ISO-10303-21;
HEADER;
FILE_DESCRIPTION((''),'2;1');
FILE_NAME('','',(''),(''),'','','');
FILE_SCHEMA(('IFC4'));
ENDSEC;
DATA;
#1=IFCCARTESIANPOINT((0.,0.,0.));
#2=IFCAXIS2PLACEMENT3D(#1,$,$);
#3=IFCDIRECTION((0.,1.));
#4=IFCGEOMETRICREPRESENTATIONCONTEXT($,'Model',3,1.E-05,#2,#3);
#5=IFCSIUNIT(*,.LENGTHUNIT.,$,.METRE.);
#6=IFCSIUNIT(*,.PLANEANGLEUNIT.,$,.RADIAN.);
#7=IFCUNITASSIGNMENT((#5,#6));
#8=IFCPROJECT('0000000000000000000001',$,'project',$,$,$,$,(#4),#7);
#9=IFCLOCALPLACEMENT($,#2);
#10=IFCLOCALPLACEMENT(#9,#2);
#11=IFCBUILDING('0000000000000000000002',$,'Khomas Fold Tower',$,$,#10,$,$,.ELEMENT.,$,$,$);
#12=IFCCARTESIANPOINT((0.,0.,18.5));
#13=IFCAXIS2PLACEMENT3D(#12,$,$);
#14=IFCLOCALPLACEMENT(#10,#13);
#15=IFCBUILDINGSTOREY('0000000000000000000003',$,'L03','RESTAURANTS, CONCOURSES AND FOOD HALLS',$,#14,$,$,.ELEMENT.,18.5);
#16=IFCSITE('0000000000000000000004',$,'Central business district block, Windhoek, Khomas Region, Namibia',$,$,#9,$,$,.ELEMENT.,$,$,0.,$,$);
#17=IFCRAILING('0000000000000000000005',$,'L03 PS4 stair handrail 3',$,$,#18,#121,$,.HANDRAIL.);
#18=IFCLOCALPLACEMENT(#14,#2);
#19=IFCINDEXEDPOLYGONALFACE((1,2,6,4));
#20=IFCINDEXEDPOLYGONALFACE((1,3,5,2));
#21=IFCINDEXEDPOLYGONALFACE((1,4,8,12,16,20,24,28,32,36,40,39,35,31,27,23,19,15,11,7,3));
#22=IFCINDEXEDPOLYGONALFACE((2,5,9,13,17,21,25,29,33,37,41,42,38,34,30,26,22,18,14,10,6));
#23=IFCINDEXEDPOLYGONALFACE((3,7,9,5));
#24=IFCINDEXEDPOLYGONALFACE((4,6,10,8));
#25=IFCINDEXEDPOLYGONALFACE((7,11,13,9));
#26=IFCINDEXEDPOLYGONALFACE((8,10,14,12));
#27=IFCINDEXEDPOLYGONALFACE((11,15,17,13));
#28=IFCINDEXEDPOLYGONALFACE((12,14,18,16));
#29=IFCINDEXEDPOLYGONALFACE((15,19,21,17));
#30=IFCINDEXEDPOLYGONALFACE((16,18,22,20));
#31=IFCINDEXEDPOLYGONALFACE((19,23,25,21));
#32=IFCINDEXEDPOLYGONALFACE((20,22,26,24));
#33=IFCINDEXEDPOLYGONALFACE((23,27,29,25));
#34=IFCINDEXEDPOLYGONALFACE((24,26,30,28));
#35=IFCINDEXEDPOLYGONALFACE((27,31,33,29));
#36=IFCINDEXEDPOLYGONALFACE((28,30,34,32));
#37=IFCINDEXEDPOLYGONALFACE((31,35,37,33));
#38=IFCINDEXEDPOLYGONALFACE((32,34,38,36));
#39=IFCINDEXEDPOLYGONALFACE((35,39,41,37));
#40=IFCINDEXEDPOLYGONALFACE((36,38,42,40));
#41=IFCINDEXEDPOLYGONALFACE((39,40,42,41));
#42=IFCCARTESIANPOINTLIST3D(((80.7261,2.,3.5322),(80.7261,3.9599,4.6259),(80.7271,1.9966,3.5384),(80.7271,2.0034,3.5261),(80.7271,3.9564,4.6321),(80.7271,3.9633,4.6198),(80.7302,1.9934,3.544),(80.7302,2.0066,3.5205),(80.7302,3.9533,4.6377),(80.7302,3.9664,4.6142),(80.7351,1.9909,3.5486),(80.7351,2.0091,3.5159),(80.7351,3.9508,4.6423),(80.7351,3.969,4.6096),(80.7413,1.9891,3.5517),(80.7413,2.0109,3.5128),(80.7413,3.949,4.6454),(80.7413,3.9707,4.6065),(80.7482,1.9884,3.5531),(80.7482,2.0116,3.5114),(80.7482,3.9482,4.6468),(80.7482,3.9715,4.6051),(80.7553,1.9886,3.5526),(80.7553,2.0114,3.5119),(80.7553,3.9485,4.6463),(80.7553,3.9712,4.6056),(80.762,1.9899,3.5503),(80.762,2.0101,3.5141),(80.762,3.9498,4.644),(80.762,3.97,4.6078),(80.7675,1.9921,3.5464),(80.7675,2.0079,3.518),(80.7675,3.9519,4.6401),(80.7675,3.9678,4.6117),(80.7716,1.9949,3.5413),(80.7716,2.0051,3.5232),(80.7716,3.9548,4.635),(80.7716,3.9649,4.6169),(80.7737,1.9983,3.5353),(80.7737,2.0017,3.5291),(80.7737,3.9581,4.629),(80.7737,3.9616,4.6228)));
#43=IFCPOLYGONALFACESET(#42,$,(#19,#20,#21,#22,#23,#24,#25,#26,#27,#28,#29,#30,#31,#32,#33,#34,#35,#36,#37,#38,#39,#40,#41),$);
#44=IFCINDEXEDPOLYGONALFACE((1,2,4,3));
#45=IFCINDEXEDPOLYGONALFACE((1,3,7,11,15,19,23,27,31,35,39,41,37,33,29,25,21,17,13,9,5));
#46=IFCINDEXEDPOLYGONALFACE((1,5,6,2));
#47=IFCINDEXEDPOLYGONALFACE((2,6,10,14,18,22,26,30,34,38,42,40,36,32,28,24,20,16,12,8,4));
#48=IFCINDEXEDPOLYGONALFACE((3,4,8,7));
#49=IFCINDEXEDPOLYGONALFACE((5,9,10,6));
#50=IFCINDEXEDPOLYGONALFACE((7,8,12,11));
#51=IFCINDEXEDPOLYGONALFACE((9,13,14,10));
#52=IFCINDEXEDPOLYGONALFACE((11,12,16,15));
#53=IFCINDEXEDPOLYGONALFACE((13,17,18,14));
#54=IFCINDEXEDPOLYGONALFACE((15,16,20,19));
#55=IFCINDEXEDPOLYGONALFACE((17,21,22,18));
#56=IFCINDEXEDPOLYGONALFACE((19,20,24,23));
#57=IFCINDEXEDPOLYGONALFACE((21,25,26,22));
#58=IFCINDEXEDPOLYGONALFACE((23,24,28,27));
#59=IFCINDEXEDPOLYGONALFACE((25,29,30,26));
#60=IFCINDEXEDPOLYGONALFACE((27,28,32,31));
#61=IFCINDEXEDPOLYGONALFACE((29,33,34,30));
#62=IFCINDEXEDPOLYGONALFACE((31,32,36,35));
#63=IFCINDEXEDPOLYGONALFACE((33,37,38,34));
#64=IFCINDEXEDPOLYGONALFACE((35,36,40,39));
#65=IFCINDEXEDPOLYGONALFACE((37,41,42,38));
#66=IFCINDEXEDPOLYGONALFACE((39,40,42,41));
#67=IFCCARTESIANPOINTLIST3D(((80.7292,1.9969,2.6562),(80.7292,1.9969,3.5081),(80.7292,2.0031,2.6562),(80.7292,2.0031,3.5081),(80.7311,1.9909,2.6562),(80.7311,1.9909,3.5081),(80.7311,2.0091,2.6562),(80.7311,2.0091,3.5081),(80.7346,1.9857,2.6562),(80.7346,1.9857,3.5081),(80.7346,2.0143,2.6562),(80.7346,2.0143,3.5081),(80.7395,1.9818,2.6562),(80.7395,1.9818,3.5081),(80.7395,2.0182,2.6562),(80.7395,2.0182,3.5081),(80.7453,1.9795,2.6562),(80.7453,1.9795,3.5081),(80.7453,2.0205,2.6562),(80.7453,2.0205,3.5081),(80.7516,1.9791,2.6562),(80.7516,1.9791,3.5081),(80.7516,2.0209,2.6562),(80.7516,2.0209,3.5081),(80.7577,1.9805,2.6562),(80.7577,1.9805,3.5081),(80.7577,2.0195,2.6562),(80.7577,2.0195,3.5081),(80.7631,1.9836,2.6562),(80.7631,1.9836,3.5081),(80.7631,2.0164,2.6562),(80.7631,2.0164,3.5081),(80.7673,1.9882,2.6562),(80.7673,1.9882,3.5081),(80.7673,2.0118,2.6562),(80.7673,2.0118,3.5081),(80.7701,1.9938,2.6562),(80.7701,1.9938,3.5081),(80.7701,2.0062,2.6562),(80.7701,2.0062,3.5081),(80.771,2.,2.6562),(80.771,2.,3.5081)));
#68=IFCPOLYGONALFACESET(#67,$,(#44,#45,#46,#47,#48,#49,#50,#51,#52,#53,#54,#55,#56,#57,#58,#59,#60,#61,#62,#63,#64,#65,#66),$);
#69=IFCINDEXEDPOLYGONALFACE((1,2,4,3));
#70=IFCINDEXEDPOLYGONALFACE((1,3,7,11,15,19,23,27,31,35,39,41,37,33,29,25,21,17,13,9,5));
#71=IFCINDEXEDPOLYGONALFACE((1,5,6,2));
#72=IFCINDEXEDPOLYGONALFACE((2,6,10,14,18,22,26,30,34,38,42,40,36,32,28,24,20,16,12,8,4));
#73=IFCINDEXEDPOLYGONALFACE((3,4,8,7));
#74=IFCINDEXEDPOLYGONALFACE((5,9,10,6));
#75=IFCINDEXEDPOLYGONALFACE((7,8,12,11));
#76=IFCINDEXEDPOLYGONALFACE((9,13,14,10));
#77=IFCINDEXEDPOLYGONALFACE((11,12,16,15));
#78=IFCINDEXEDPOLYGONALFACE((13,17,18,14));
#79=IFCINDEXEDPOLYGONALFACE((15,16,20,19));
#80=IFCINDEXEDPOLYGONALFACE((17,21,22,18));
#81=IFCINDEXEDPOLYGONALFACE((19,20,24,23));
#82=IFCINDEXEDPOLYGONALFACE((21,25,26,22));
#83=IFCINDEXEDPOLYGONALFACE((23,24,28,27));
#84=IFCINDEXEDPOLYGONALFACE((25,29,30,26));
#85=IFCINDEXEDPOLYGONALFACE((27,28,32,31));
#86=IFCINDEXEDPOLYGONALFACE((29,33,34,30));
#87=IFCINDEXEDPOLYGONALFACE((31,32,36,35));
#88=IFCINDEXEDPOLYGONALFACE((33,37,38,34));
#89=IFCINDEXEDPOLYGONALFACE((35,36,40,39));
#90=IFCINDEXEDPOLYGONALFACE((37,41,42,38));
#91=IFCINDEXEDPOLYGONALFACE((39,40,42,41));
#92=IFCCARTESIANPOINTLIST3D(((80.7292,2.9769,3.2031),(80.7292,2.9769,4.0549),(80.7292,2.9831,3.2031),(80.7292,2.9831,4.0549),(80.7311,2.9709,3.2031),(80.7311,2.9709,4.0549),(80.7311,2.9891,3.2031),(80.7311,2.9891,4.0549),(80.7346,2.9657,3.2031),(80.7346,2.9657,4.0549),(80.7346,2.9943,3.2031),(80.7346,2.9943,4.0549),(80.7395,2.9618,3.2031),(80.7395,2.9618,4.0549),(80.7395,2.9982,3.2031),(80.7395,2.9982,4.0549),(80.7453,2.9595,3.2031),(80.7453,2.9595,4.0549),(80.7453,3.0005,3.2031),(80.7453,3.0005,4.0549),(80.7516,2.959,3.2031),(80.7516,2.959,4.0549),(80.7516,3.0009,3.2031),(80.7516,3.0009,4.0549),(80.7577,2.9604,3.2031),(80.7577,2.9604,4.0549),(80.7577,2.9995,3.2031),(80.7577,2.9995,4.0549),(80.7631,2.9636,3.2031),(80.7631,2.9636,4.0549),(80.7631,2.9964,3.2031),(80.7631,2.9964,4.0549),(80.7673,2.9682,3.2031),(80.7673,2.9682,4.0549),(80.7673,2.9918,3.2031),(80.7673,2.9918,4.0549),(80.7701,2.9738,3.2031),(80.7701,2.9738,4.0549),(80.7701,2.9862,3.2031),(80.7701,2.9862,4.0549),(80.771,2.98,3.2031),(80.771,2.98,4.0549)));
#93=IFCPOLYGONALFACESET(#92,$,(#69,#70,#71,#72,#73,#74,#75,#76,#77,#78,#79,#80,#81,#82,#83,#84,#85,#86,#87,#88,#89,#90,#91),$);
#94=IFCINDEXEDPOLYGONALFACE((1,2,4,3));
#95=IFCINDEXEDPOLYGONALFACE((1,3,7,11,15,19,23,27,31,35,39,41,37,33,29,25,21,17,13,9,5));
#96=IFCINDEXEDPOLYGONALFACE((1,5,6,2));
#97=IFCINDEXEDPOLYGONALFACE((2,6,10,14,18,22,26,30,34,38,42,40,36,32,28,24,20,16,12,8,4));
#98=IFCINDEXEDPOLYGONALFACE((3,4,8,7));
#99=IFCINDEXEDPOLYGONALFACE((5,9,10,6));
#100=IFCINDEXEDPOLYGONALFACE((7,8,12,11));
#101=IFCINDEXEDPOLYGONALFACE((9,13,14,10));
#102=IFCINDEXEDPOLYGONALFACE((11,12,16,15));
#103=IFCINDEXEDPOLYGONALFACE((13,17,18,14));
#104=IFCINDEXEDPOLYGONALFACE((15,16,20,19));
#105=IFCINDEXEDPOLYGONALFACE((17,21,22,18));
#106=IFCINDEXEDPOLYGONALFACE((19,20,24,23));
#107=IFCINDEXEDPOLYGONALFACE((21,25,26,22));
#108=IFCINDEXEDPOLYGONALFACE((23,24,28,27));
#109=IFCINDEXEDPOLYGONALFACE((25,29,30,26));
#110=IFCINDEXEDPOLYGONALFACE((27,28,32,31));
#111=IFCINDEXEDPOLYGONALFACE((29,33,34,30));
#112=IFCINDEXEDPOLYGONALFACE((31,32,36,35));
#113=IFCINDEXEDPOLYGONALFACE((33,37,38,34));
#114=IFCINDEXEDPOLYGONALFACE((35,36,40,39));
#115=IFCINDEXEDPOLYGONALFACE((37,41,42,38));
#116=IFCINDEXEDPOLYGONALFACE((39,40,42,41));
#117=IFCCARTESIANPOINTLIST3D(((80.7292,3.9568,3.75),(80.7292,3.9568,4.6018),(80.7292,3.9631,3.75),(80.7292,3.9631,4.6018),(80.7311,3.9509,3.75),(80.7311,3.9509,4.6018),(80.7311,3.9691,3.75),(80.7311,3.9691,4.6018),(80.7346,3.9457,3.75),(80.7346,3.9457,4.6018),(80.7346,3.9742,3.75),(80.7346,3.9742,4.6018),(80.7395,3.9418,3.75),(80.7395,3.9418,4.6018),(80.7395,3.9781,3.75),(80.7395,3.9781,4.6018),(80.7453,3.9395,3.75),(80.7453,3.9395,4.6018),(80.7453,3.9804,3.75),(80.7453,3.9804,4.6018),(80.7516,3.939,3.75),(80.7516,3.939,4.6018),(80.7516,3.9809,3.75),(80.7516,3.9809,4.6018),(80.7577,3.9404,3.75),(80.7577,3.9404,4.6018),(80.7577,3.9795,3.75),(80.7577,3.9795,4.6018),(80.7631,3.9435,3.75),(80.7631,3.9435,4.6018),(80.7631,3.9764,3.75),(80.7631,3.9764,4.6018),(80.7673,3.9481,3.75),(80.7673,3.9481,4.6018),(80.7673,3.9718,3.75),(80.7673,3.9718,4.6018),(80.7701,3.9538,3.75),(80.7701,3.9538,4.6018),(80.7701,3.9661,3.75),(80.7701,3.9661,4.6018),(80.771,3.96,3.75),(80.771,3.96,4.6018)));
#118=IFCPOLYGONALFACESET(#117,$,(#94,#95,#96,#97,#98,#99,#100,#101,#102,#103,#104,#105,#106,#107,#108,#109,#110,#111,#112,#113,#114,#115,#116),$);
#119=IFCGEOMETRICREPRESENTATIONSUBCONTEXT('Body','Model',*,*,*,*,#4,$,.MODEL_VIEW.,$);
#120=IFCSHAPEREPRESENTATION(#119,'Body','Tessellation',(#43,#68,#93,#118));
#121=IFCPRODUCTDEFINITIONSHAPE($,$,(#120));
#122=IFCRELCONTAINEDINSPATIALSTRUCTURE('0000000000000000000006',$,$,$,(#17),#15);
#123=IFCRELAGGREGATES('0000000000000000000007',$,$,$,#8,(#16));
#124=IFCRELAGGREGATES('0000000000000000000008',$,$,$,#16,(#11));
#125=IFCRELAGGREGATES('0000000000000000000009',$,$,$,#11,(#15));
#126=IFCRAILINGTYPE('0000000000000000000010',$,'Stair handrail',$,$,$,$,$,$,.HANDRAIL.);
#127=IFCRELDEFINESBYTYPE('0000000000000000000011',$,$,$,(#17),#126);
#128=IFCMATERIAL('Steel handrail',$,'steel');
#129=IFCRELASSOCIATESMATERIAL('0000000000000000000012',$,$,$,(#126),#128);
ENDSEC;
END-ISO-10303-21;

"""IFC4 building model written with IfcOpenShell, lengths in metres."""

from ifc_helpers import new_model, si_unit, direction, frame, origin, origin_2d, place, context, subcontext, project, spatial, circle, extrude, source, transform, mapped, material, type_object, element, save


model = new_model("IFC4")

# Units and contexts
model_context = context("Model", 3, precision=1e-05, world=origin(), true_north=direction((0.0, 1.0)))
body_context = subcontext(model_context, "Body", "Model", "MODEL_VIEW")
ifc_project = project(units=[si_unit("LENGTHUNIT", "METRE"), si_unit("PLANEANGLEUNIT", "RADIAN")], contexts=[model_context])

# Site, building, storey
site_placement = place(None, origin())
site = spatial("IfcSite", under=ifc_project, at=site_placement, Name="Central business district block, Windhoek, Khomas Region, Namibia", CompositionType="ELEMENT", RefElevation=0.0)
building_placement = place(site_placement, origin())
building = spatial("IfcBuilding", under=site, at=building_placement, Name="Khomas Fold Tower", CompositionType="ELEMENT")
storey_placement = place(building_placement, frame((0.0, 0.0, 18.5)))
storey = spatial("IfcBuildingStorey", under=building, at=storey_placement, Name="L03", Description="RESTAURANTS, CONCOURSES AND FOOD HALLS", CompositionType="ELEMENT", Elevation=18.5)

# Railing
ifc_material_1 = material(Name="Steel handrail", Category="steel")
railing_type_1 = type_object("IfcRailingType", Name="Stair handrail", PredefinedType="HANDRAIL", material=ifc_material_1)
shared_shape_1 = source(origin(), body_context, "Body", "SweptSolid", [
    extrude(circle(Radius=0.0239, at=origin_2d()), frame((0.0, 0.0, 0.876), z_axis=(0.0, 0.873232, 0.487304), x_axis=(-1.0, 0.0, 0.0)), (0.0, 0.0, 1.0), 2.2444),
    extrude(circle(Radius=0.021, at=origin_2d()), origin(), (0.0, 0.0, 1.0), 0.8518),
    extrude(circle(Radius=0.021, at=origin_2d()), frame((0.0, 0.98, 0.5469)), (0.0, 0.0, 1.0), 0.8518),
    extrude(circle(Radius=0.021, at=origin_2d()), frame((0.0, 1.96, 1.0938)), (0.0, 0.0, 1.0), 0.8518),
])
for number, where, name in (
    (1, (80.75, 2.0, 2.6562), "L03 PS4 stair handrail 3"),
):
    element("IfcRailing", number, at=place(storey_placement, frame(where)), inside=storey, type_object=railing_type_1, Name=name, PredefinedType="HANDRAIL", context=body_context, shape_type="MappedRepresentation", body=[
        mapped(shared_shape_1, transform((0.0, 0.0, 0.0))),
    ])

save(model, "model.ifc")
